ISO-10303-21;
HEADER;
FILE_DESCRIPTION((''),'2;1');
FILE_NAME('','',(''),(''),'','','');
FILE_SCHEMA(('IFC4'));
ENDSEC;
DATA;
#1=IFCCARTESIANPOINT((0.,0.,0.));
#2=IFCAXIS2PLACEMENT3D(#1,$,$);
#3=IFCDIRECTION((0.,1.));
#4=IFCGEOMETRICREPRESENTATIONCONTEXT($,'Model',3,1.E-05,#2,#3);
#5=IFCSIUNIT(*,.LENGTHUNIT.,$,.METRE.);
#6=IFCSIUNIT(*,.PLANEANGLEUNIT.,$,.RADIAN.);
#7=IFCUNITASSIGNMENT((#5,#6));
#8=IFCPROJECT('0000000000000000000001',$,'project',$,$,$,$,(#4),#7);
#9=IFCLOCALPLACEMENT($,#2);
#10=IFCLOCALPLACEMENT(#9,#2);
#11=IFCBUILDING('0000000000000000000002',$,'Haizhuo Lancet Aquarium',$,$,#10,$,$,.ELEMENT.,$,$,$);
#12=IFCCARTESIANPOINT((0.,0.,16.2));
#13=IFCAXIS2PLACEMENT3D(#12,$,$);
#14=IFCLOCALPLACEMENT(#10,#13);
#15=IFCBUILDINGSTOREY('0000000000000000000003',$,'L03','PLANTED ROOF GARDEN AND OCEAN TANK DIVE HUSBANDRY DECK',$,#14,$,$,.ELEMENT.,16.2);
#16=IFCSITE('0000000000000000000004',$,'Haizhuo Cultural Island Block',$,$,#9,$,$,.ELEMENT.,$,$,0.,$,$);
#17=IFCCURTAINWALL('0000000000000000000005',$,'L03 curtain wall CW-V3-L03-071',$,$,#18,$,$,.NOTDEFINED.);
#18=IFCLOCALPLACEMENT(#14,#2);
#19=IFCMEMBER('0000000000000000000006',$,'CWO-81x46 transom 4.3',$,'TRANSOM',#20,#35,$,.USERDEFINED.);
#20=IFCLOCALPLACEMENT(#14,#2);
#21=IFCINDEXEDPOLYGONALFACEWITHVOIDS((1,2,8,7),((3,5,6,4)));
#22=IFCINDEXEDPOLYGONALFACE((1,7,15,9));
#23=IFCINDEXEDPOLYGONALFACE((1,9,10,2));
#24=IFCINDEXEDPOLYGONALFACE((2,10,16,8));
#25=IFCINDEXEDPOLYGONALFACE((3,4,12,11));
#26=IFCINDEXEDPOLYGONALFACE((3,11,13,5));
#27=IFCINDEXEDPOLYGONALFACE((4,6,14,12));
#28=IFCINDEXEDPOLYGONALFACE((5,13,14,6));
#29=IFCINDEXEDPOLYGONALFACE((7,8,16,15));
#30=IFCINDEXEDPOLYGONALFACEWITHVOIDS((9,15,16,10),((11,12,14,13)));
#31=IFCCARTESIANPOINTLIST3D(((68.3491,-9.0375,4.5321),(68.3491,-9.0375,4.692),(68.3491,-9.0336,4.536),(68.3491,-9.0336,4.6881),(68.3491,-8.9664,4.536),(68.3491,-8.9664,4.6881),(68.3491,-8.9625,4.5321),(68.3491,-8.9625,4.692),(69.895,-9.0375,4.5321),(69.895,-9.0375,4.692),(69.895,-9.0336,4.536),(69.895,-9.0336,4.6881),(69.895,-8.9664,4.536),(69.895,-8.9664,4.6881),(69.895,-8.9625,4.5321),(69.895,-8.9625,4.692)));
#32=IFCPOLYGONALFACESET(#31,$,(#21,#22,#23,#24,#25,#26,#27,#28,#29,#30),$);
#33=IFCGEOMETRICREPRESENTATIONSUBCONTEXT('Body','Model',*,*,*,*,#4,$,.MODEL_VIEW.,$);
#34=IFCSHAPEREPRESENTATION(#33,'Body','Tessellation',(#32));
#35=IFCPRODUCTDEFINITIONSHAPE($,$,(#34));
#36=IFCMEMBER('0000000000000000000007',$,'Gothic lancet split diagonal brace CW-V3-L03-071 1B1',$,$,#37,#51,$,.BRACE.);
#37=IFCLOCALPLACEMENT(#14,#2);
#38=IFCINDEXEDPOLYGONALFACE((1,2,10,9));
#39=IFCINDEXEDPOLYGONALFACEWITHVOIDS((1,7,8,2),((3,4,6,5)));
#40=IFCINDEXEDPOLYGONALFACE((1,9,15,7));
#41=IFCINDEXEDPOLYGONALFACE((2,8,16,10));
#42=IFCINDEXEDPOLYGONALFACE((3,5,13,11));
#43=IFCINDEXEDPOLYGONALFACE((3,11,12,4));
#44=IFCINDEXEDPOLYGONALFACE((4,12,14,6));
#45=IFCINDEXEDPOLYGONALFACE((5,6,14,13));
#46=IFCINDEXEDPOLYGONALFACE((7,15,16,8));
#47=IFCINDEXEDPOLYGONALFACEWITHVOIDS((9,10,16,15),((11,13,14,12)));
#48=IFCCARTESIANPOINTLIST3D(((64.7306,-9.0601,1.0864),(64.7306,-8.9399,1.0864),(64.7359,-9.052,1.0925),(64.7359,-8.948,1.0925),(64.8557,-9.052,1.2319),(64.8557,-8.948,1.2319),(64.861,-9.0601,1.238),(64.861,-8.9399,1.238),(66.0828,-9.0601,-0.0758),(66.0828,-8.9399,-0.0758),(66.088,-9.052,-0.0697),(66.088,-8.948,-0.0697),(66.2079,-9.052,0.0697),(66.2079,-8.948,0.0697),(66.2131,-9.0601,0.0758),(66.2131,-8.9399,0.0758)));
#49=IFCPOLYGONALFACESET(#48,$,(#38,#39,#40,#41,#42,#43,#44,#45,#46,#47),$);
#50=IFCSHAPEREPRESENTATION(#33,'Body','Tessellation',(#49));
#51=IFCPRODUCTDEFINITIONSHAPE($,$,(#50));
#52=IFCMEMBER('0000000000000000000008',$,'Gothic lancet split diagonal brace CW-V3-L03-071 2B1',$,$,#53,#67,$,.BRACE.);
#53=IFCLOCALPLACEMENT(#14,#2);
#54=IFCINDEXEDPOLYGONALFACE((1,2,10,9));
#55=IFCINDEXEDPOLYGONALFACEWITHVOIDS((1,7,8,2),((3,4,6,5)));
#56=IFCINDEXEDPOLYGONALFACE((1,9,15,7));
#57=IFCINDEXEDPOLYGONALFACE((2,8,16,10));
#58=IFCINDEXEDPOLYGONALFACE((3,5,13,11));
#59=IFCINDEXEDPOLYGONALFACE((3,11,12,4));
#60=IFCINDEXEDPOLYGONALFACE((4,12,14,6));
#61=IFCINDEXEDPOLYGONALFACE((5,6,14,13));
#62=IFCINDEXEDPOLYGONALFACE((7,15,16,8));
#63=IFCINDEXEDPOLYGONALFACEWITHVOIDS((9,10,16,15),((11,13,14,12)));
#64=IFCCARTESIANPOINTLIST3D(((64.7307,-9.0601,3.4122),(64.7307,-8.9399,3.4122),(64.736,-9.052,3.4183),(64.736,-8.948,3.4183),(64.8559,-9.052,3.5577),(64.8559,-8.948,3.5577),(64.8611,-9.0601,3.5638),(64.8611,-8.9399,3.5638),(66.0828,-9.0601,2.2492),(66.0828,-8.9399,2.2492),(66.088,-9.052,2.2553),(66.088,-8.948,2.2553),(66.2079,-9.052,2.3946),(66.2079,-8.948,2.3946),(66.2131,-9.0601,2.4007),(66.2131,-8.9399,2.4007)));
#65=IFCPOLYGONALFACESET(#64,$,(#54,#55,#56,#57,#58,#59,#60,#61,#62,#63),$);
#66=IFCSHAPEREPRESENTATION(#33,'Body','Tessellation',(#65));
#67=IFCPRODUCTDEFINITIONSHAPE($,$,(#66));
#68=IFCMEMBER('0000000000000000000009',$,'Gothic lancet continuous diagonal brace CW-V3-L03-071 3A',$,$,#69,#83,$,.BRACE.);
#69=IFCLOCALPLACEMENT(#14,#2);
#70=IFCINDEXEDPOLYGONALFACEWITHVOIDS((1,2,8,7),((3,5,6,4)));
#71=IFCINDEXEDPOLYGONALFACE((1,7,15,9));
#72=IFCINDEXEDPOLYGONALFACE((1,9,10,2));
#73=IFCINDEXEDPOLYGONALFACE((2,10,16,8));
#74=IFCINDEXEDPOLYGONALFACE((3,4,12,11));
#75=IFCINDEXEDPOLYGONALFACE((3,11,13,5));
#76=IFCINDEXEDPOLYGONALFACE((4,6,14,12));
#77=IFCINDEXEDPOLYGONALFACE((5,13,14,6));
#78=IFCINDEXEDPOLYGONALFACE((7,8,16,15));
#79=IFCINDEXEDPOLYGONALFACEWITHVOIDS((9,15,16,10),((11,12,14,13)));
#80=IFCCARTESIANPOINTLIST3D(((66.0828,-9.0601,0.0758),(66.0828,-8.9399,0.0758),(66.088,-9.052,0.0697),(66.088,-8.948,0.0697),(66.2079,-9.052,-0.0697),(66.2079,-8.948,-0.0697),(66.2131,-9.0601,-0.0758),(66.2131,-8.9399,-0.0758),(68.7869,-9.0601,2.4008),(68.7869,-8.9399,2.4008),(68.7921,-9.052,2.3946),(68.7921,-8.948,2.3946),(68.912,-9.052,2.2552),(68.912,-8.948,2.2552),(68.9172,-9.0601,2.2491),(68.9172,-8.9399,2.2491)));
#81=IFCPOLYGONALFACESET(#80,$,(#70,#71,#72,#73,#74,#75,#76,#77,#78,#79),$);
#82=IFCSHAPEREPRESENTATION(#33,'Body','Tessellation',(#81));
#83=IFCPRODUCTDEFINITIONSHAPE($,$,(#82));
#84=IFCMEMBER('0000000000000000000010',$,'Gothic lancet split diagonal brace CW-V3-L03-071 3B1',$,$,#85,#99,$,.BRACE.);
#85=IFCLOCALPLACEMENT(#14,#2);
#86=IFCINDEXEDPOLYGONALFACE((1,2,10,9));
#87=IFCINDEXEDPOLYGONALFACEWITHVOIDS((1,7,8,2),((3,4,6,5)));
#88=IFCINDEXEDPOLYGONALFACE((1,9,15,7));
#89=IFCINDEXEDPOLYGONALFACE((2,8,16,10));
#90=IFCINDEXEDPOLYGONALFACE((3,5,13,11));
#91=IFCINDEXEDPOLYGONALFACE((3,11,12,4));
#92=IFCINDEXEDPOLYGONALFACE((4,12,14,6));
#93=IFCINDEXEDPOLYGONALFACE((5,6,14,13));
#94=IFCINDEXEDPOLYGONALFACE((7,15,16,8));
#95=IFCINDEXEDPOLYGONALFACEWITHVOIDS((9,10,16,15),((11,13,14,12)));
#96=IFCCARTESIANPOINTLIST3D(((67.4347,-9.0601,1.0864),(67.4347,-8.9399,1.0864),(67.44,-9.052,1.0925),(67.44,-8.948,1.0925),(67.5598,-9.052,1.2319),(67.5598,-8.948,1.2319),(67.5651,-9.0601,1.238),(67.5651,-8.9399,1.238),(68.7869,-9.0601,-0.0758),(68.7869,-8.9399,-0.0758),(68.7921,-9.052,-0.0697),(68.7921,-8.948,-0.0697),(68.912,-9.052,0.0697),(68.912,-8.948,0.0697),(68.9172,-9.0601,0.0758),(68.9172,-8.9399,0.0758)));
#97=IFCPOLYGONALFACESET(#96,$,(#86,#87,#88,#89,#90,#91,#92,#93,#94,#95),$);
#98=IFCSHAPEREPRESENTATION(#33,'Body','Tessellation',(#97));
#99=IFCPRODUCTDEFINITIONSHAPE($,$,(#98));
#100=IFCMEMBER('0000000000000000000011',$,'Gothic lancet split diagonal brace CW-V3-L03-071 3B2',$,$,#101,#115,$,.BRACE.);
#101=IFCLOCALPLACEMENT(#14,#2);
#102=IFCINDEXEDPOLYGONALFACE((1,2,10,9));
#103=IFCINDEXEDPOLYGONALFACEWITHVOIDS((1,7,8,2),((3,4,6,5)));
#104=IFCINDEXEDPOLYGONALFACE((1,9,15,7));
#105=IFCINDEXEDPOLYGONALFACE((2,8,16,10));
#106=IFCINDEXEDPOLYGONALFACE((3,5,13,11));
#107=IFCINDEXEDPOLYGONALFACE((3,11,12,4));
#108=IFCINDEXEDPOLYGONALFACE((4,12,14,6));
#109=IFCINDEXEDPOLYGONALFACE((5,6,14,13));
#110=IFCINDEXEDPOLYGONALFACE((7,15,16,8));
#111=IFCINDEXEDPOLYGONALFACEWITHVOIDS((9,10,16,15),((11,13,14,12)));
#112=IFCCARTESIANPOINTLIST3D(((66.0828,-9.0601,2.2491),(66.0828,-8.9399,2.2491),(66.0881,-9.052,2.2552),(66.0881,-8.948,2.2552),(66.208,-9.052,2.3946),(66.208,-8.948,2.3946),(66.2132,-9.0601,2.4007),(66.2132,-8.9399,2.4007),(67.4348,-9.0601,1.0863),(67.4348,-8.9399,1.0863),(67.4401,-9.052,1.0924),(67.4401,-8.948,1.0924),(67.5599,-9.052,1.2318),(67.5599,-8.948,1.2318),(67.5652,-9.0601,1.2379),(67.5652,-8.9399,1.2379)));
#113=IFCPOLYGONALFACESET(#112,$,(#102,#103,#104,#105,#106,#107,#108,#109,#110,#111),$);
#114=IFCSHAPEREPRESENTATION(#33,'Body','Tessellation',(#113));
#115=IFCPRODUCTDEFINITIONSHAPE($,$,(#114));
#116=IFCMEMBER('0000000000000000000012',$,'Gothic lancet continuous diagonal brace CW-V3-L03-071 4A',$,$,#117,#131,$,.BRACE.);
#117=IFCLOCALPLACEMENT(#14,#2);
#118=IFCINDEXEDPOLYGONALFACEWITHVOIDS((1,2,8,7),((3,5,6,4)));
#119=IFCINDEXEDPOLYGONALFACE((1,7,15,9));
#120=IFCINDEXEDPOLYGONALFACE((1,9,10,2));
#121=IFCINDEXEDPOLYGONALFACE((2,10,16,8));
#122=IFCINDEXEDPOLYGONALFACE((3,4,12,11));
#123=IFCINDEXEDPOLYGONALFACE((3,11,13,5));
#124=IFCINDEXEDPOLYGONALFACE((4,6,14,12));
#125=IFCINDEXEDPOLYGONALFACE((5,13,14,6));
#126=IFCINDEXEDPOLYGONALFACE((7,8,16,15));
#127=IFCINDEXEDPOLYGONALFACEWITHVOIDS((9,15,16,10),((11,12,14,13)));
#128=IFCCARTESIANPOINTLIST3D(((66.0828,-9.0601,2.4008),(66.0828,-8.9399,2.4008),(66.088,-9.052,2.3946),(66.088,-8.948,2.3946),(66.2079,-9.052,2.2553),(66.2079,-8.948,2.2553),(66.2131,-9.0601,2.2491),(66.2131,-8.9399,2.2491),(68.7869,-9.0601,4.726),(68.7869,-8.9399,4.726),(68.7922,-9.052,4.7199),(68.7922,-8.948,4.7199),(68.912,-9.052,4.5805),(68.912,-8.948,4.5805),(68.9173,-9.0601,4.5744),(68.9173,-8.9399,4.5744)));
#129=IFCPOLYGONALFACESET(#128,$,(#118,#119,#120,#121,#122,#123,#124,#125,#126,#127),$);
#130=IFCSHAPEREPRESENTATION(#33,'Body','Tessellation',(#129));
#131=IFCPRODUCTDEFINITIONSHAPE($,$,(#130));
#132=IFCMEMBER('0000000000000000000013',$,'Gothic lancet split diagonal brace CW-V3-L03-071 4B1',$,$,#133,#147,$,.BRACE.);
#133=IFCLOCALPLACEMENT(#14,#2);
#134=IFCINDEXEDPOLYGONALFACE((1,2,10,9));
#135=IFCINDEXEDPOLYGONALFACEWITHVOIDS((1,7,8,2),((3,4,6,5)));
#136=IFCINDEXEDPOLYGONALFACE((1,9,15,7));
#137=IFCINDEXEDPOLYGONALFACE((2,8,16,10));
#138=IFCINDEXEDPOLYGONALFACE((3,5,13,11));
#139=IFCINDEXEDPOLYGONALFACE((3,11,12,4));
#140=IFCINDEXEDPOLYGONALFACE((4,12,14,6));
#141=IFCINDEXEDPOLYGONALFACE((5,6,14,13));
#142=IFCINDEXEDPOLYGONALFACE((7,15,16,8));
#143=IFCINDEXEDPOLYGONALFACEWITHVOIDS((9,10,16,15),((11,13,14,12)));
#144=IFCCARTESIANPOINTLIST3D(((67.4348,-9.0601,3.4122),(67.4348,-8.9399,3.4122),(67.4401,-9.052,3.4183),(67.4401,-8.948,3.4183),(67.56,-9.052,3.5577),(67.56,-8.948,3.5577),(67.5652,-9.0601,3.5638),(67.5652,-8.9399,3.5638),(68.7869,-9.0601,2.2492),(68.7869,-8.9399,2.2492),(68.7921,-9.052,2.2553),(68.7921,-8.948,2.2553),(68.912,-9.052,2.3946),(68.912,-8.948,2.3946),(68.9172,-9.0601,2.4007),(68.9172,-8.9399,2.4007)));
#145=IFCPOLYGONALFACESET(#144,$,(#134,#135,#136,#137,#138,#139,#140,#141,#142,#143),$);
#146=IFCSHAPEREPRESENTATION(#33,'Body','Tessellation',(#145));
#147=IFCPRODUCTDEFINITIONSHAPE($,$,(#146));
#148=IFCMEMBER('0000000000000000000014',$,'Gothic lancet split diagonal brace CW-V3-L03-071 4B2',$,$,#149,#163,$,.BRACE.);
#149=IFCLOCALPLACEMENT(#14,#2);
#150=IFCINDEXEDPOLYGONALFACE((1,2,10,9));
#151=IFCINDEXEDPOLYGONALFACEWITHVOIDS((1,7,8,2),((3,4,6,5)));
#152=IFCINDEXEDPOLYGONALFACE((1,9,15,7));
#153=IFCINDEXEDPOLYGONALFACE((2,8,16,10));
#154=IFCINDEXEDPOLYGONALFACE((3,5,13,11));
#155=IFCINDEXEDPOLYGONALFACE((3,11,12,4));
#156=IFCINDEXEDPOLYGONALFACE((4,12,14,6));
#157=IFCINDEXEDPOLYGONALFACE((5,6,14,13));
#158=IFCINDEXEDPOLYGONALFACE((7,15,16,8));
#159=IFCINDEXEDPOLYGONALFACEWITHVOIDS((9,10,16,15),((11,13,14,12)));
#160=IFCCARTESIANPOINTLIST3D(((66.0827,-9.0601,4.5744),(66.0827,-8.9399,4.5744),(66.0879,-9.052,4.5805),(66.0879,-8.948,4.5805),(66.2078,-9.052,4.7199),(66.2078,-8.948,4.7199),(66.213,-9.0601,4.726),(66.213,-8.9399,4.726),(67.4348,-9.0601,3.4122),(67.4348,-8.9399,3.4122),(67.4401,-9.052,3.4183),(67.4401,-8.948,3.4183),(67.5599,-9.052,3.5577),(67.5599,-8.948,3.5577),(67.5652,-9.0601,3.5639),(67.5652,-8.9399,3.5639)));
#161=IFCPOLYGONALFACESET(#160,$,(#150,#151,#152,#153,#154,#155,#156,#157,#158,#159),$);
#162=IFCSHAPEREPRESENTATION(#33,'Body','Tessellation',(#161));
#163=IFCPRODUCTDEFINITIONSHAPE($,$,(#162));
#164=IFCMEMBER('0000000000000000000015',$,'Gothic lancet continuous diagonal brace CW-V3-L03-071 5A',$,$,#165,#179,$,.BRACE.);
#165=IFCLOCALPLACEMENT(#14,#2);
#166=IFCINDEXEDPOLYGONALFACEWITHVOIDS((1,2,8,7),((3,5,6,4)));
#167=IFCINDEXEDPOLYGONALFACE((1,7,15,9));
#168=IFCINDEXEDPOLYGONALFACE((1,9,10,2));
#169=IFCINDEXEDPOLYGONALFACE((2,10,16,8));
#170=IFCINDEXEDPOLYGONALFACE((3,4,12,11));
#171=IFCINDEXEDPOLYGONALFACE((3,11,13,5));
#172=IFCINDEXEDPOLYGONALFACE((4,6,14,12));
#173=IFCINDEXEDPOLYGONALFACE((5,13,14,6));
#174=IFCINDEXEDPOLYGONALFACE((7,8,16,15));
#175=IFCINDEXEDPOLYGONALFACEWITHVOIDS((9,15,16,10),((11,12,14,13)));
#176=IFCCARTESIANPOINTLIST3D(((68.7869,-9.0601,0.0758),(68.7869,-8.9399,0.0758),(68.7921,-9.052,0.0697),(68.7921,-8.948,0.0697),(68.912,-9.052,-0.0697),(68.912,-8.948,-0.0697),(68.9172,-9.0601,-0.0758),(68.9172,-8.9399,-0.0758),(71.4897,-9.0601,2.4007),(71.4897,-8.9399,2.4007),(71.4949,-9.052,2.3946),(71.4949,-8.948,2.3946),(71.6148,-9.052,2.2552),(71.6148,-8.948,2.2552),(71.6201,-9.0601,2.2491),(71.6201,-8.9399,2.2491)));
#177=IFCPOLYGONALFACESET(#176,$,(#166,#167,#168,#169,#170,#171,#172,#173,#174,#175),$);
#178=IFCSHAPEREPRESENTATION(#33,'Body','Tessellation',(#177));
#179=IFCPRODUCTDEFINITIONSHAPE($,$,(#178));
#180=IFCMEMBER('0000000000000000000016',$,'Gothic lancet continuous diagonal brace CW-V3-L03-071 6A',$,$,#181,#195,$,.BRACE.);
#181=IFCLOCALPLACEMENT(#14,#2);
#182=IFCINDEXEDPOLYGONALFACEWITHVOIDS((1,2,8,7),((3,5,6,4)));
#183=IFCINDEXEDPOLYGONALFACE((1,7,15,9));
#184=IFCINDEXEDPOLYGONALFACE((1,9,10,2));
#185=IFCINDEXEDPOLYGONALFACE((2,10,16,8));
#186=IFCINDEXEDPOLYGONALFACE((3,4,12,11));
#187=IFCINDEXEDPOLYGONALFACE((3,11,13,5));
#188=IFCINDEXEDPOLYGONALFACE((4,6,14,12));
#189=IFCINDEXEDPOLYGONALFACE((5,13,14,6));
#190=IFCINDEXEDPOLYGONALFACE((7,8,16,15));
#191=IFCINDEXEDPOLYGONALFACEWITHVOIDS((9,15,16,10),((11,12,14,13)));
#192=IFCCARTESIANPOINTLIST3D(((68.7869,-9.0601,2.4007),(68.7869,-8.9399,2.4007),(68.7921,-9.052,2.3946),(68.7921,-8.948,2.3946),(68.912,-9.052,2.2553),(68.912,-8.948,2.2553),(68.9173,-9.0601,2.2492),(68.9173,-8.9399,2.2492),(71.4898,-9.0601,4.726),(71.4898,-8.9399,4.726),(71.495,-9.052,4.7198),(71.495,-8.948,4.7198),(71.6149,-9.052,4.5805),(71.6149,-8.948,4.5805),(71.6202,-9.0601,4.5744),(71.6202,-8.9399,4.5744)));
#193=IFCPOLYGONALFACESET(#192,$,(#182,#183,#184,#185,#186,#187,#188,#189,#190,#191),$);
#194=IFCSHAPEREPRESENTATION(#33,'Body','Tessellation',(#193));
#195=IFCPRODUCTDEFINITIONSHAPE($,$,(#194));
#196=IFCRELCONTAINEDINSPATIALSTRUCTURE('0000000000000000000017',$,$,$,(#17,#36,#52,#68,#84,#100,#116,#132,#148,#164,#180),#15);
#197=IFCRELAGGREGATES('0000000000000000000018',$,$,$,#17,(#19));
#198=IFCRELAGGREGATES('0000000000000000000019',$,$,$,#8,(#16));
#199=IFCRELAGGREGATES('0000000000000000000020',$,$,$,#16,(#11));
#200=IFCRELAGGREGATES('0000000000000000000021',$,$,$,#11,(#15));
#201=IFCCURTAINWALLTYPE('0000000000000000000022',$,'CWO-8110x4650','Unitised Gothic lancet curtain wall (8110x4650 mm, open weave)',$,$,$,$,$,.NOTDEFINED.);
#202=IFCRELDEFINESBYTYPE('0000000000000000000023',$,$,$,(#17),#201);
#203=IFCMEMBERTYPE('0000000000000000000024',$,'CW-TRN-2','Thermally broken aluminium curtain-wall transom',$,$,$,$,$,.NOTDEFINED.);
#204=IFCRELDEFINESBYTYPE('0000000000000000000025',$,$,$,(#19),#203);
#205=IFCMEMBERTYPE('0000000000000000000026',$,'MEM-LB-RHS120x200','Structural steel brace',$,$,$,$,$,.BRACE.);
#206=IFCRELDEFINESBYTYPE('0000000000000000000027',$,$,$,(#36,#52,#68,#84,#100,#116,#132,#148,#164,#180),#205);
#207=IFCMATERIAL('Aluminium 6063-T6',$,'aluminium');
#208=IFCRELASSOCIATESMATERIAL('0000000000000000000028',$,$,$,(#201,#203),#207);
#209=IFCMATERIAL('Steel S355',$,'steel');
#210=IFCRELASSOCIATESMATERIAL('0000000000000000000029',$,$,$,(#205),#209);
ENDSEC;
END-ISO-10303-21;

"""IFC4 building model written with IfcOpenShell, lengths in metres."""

from ifc_helpers import new_model, si_unit, direction, frame, origin, origin_2d, place, context, subcontext, project, spatial, hollow_rectangle, extrude, material, material_profile, profile_set, type_object, element, aggregate, save


model = new_model("IFC4")

# Units and contexts
model_context = context("Model", 3, precision=1e-05, world=origin(), true_north=direction((0.0, 1.0)))
body_context = subcontext(model_context, "Body", "Model", "MODEL_VIEW")
ifc_project = project(units=[si_unit("LENGTHUNIT", "METRE"), si_unit("PLANEANGLEUNIT", "RADIAN")], contexts=[model_context])

# Site, building, storey
site_placement = place(None, origin())
site = spatial("IfcSite", under=ifc_project, at=site_placement, Name="Haizhuo Cultural Island Block", CompositionType="ELEMENT", RefElevation=0.0)
building_placement = place(site_placement, origin())
building = spatial("IfcBuilding", under=site, at=building_placement, Name="Haizhuo Lancet Aquarium", CompositionType="ELEMENT")
storey_placement = place(building_placement, frame((0.0, 0.0, 16.2)))
storey = spatial("IfcBuildingStorey", under=building, at=storey_placement, Name="L03", Description="PLANTED ROOF GARDEN AND OCEAN TANK DIVE HUSBANDRY DECK", CompositionType="ELEMENT", Elevation=16.2)

# Curtain wall, member
ifc_material_1 = material(Name="Aluminium 6063-T6", Category="aluminium")
curtain_wall_type = type_object("IfcCurtainWallType", Name="CWO-8110x4650", Description="Unitised Gothic lancet curtain wall (8110x4650 mm, open weave)", PredefinedType="NOTDEFINED", material=ifc_material_1)
curtain_wall_placement = place(storey_placement, origin())
curtain_wall = element("IfcCurtainWall", 1, at=curtain_wall_placement, inside=storey, type_object=curtain_wall_type, Name="L03 curtain wall CW-V3-L03-071", PredefinedType="NOTDEFINED")
ifc_material_profile_1 = material_profile(ifc_material_1, hollow_rectangle(XDim=0.075, YDim=0.1599, WallThickness=0.0039, at=origin_2d()), Name="ALU-T 75x160x4")
ifc_profile_set_1 = profile_set([ifc_material_profile_1], Name="Aluminium 6063-T6")
member_type_1 = type_object("IfcMemberType", Name="CW-TRN-2", Description="Thermally broken aluminium curtain-wall transom", PredefinedType="NOTDEFINED", material=ifc_profile_set_1)
member_1_placement = place(storey_placement, frame((68.3491, -9.0, 4.6121), z_axis=(1.0, 0.0, 0.0), x_axis=(0.0, 1.0, 0.0)))
member_1 = element("IfcMember", 2, at=member_1_placement, type_object=member_type_1, Name="CWO-81x46 transom 4.3", ObjectType="TRANSOM", PredefinedType="USERDEFINED", context=body_context, shape_type="SweptSolid", body=[
    extrude(hollow_rectangle(XDim=0.075, YDim=0.1599, WallThickness=0.0039, at=origin_2d()), origin(), (0.0, 0.0, 1.0), 1.5459),
])

# Members
ifc_material_2 = material(Name="Steel S355", Category="steel")
ifc_material_profile_2 = material_profile(ifc_material_2, hollow_rectangle(XDim=0.1201, YDim=0.2, WallThickness=0.0081, at=origin_2d()), Name="RHS 120x200x8")
ifc_profile_set_2 = profile_set([ifc_material_profile_2], Name="Steel S355")
member_type_2 = type_object("IfcMemberType", Name="MEM-LB-RHS120x200", Description="Structural steel brace", PredefinedType="BRACE", material=ifc_profile_set_2)
member_2_placement = place(storey_placement, frame((66.1479, -9.0, 0.0), z_axis=(-0.758367, 0.0, 0.651828), x_axis=(0.0, -1.0, 0.0)))
element("IfcMember", 3, at=member_2_placement, inside=storey, type_object=member_type_2, Name="Gothic lancet split diagonal brace CW-V3-L03-071 1B1", PredefinedType="BRACE", context=body_context, shape_type="SweptSolid", body=[
    extrude(hollow_rectangle(XDim=0.1201, YDim=0.2, WallThickness=0.0081, at=origin_2d()), origin(), (0.0, 0.0, 1.0), 1.783),
])
member_3_placement = place(storey_placement, frame((66.1479, -9.0, 2.325), z_axis=(-0.758096, 0.0, 0.652143), x_axis=(0.0, -1.0, 0.0)))
element("IfcMember", 4, at=member_3_placement, inside=storey, type_object=member_type_2, Name="Gothic lancet split diagonal brace CW-V3-L03-071 2B1", PredefinedType="BRACE", context=body_context, shape_type="SweptSolid", body=[
    extrude(hollow_rectangle(XDim=0.1201, YDim=0.2, WallThickness=0.0081, at=origin_2d()), origin(), (0.0, 0.0, 1.0), 1.7834),
])
member_4_placement = place(storey_placement, frame((66.1479, -9.0, 0.0), z_axis=(0.758265, 0.0, 0.651946), x_axis=(0.0, 1.0, 0.0)))
element("IfcMember", 5, at=member_4_placement, inside=storey, type_object=member_type_2, Name="Gothic lancet continuous diagonal brace CW-V3-L03-071 3A", PredefinedType="BRACE", context=body_context, shape_type="SweptSolid", body=[
    extrude(hollow_rectangle(XDim=0.1201, YDim=0.2, WallThickness=0.0081, at=origin_2d()), origin(), (0.0, 0.0, 1.0), 3.5662),
])
member_5_placement = place(storey_placement, frame((68.8521, -9.0, 0.0), z_axis=(-0.758367, 0.0, 0.651828), x_axis=(0.0, -1.0, 0.0)))
element("IfcMember", 6, at=member_5_placement, inside=storey, type_object=member_type_2, Name="Gothic lancet split diagonal brace CW-V3-L03-071 3B1", PredefinedType="BRACE", context=body_context, shape_type="SweptSolid", body=[
    extrude(hollow_rectangle(XDim=0.1201, YDim=0.2, WallThickness=0.0081, at=origin_2d()), origin(), (0.0, 0.0, 1.0), 1.783),
])
member_6_placement = place(storey_placement, frame((67.5, -9.0, 1.1621), z_axis=(-0.758164, 0.0, 0.652064), x_axis=(0.0, -1.0, 0.0)))
element("IfcMember", 7, at=member_6_placement, inside=storey, type_object=member_type_2, Name="Gothic lancet split diagonal brace CW-V3-L03-071 3B2", PredefinedType="BRACE", context=body_context, shape_type="SweptSolid", body=[
    extrude(hollow_rectangle(XDim=0.1201, YDim=0.2, WallThickness=0.0081, at=origin_2d()), origin(), (0.0, 0.0, 1.0), 1.7832),
])
member_7_placement = place(storey_placement, frame((66.1479, -9.0, 2.325), z_axis=(0.758231, 0.0, 0.651986), x_axis=(0.0, 1.0, 0.0)))
element("IfcMember", 8, at=member_7_placement, inside=storey, type_object=member_type_2, Name="Gothic lancet continuous diagonal brace CW-V3-L03-071 4A", PredefinedType="BRACE", context=body_context, shape_type="SweptSolid", body=[
    extrude(hollow_rectangle(XDim=0.1201, YDim=0.2, WallThickness=0.0081, at=origin_2d()), origin(), (0.0, 0.0, 1.0), 3.5664),
])
member_8_placement = place(storey_placement, frame((68.8521, -9.0, 2.325), z_axis=(-0.758096, 0.0, 0.652143), x_axis=(0.0, -1.0, 0.0)))
element("IfcMember", 9, at=member_8_placement, inside=storey, type_object=member_type_2, Name="Gothic lancet split diagonal brace CW-V3-L03-071 4B1", PredefinedType="BRACE", context=body_context, shape_type="SweptSolid", body=[
    extrude(hollow_rectangle(XDim=0.1201, YDim=0.2, WallThickness=0.0081, at=origin_2d()), origin(), (0.0, 0.0, 1.0), 1.7834),
])
member_9_placement = place(storey_placement, frame((67.5, -9.0, 3.488), z_axis=(-0.758367, 0.0, 0.651828), x_axis=(0.0, -1.0, 0.0)))
element("IfcMember", 10, at=member_9_placement, inside=storey, type_object=member_type_2, Name="Gothic lancet split diagonal brace CW-V3-L03-071 4B2", PredefinedType="BRACE", context=body_context, shape_type="SweptSolid", body=[
    extrude(hollow_rectangle(XDim=0.1201, YDim=0.2, WallThickness=0.0081, at=origin_2d()), origin(), (0.0, 0.0, 1.0), 1.783),
])
member_10_placement = place(storey_placement, frame((68.8521, -9.0, 0.0), z_axis=(0.75812, 0.0, 0.652116), x_axis=(0.0, 1.0, 0.0)))
element("IfcMember", 11, at=member_10_placement, inside=storey, type_object=member_type_2, Name="Gothic lancet continuous diagonal brace CW-V3-L03-071 5A", PredefinedType="BRACE", context=body_context, shape_type="SweptSolid", body=[
    extrude(hollow_rectangle(XDim=0.1201, YDim=0.2, WallThickness=0.0081, at=origin_2d()), origin(), (0.0, 0.0, 1.0), 3.5652),
])
member_11_placement = place(storey_placement, frame((68.8521, -9.0, 2.325), z_axis=(0.758086, 0.0, 0.652155), x_axis=(0.0, 1.0, 0.0)))
element("IfcMember", 12, at=member_11_placement, inside=storey, type_object=member_type_2, Name="Gothic lancet continuous diagonal brace CW-V3-L03-071 6A", PredefinedType="BRACE", context=body_context, shape_type="SweptSolid", body=[
    extrude(hollow_rectangle(XDim=0.1201, YDim=0.2, WallThickness=0.0081, at=origin_2d()), origin(), (0.0, 0.0, 1.0), 3.5654),
])

aggregate(curtain_wall, [member_1])

save(model, "model.ifc")
